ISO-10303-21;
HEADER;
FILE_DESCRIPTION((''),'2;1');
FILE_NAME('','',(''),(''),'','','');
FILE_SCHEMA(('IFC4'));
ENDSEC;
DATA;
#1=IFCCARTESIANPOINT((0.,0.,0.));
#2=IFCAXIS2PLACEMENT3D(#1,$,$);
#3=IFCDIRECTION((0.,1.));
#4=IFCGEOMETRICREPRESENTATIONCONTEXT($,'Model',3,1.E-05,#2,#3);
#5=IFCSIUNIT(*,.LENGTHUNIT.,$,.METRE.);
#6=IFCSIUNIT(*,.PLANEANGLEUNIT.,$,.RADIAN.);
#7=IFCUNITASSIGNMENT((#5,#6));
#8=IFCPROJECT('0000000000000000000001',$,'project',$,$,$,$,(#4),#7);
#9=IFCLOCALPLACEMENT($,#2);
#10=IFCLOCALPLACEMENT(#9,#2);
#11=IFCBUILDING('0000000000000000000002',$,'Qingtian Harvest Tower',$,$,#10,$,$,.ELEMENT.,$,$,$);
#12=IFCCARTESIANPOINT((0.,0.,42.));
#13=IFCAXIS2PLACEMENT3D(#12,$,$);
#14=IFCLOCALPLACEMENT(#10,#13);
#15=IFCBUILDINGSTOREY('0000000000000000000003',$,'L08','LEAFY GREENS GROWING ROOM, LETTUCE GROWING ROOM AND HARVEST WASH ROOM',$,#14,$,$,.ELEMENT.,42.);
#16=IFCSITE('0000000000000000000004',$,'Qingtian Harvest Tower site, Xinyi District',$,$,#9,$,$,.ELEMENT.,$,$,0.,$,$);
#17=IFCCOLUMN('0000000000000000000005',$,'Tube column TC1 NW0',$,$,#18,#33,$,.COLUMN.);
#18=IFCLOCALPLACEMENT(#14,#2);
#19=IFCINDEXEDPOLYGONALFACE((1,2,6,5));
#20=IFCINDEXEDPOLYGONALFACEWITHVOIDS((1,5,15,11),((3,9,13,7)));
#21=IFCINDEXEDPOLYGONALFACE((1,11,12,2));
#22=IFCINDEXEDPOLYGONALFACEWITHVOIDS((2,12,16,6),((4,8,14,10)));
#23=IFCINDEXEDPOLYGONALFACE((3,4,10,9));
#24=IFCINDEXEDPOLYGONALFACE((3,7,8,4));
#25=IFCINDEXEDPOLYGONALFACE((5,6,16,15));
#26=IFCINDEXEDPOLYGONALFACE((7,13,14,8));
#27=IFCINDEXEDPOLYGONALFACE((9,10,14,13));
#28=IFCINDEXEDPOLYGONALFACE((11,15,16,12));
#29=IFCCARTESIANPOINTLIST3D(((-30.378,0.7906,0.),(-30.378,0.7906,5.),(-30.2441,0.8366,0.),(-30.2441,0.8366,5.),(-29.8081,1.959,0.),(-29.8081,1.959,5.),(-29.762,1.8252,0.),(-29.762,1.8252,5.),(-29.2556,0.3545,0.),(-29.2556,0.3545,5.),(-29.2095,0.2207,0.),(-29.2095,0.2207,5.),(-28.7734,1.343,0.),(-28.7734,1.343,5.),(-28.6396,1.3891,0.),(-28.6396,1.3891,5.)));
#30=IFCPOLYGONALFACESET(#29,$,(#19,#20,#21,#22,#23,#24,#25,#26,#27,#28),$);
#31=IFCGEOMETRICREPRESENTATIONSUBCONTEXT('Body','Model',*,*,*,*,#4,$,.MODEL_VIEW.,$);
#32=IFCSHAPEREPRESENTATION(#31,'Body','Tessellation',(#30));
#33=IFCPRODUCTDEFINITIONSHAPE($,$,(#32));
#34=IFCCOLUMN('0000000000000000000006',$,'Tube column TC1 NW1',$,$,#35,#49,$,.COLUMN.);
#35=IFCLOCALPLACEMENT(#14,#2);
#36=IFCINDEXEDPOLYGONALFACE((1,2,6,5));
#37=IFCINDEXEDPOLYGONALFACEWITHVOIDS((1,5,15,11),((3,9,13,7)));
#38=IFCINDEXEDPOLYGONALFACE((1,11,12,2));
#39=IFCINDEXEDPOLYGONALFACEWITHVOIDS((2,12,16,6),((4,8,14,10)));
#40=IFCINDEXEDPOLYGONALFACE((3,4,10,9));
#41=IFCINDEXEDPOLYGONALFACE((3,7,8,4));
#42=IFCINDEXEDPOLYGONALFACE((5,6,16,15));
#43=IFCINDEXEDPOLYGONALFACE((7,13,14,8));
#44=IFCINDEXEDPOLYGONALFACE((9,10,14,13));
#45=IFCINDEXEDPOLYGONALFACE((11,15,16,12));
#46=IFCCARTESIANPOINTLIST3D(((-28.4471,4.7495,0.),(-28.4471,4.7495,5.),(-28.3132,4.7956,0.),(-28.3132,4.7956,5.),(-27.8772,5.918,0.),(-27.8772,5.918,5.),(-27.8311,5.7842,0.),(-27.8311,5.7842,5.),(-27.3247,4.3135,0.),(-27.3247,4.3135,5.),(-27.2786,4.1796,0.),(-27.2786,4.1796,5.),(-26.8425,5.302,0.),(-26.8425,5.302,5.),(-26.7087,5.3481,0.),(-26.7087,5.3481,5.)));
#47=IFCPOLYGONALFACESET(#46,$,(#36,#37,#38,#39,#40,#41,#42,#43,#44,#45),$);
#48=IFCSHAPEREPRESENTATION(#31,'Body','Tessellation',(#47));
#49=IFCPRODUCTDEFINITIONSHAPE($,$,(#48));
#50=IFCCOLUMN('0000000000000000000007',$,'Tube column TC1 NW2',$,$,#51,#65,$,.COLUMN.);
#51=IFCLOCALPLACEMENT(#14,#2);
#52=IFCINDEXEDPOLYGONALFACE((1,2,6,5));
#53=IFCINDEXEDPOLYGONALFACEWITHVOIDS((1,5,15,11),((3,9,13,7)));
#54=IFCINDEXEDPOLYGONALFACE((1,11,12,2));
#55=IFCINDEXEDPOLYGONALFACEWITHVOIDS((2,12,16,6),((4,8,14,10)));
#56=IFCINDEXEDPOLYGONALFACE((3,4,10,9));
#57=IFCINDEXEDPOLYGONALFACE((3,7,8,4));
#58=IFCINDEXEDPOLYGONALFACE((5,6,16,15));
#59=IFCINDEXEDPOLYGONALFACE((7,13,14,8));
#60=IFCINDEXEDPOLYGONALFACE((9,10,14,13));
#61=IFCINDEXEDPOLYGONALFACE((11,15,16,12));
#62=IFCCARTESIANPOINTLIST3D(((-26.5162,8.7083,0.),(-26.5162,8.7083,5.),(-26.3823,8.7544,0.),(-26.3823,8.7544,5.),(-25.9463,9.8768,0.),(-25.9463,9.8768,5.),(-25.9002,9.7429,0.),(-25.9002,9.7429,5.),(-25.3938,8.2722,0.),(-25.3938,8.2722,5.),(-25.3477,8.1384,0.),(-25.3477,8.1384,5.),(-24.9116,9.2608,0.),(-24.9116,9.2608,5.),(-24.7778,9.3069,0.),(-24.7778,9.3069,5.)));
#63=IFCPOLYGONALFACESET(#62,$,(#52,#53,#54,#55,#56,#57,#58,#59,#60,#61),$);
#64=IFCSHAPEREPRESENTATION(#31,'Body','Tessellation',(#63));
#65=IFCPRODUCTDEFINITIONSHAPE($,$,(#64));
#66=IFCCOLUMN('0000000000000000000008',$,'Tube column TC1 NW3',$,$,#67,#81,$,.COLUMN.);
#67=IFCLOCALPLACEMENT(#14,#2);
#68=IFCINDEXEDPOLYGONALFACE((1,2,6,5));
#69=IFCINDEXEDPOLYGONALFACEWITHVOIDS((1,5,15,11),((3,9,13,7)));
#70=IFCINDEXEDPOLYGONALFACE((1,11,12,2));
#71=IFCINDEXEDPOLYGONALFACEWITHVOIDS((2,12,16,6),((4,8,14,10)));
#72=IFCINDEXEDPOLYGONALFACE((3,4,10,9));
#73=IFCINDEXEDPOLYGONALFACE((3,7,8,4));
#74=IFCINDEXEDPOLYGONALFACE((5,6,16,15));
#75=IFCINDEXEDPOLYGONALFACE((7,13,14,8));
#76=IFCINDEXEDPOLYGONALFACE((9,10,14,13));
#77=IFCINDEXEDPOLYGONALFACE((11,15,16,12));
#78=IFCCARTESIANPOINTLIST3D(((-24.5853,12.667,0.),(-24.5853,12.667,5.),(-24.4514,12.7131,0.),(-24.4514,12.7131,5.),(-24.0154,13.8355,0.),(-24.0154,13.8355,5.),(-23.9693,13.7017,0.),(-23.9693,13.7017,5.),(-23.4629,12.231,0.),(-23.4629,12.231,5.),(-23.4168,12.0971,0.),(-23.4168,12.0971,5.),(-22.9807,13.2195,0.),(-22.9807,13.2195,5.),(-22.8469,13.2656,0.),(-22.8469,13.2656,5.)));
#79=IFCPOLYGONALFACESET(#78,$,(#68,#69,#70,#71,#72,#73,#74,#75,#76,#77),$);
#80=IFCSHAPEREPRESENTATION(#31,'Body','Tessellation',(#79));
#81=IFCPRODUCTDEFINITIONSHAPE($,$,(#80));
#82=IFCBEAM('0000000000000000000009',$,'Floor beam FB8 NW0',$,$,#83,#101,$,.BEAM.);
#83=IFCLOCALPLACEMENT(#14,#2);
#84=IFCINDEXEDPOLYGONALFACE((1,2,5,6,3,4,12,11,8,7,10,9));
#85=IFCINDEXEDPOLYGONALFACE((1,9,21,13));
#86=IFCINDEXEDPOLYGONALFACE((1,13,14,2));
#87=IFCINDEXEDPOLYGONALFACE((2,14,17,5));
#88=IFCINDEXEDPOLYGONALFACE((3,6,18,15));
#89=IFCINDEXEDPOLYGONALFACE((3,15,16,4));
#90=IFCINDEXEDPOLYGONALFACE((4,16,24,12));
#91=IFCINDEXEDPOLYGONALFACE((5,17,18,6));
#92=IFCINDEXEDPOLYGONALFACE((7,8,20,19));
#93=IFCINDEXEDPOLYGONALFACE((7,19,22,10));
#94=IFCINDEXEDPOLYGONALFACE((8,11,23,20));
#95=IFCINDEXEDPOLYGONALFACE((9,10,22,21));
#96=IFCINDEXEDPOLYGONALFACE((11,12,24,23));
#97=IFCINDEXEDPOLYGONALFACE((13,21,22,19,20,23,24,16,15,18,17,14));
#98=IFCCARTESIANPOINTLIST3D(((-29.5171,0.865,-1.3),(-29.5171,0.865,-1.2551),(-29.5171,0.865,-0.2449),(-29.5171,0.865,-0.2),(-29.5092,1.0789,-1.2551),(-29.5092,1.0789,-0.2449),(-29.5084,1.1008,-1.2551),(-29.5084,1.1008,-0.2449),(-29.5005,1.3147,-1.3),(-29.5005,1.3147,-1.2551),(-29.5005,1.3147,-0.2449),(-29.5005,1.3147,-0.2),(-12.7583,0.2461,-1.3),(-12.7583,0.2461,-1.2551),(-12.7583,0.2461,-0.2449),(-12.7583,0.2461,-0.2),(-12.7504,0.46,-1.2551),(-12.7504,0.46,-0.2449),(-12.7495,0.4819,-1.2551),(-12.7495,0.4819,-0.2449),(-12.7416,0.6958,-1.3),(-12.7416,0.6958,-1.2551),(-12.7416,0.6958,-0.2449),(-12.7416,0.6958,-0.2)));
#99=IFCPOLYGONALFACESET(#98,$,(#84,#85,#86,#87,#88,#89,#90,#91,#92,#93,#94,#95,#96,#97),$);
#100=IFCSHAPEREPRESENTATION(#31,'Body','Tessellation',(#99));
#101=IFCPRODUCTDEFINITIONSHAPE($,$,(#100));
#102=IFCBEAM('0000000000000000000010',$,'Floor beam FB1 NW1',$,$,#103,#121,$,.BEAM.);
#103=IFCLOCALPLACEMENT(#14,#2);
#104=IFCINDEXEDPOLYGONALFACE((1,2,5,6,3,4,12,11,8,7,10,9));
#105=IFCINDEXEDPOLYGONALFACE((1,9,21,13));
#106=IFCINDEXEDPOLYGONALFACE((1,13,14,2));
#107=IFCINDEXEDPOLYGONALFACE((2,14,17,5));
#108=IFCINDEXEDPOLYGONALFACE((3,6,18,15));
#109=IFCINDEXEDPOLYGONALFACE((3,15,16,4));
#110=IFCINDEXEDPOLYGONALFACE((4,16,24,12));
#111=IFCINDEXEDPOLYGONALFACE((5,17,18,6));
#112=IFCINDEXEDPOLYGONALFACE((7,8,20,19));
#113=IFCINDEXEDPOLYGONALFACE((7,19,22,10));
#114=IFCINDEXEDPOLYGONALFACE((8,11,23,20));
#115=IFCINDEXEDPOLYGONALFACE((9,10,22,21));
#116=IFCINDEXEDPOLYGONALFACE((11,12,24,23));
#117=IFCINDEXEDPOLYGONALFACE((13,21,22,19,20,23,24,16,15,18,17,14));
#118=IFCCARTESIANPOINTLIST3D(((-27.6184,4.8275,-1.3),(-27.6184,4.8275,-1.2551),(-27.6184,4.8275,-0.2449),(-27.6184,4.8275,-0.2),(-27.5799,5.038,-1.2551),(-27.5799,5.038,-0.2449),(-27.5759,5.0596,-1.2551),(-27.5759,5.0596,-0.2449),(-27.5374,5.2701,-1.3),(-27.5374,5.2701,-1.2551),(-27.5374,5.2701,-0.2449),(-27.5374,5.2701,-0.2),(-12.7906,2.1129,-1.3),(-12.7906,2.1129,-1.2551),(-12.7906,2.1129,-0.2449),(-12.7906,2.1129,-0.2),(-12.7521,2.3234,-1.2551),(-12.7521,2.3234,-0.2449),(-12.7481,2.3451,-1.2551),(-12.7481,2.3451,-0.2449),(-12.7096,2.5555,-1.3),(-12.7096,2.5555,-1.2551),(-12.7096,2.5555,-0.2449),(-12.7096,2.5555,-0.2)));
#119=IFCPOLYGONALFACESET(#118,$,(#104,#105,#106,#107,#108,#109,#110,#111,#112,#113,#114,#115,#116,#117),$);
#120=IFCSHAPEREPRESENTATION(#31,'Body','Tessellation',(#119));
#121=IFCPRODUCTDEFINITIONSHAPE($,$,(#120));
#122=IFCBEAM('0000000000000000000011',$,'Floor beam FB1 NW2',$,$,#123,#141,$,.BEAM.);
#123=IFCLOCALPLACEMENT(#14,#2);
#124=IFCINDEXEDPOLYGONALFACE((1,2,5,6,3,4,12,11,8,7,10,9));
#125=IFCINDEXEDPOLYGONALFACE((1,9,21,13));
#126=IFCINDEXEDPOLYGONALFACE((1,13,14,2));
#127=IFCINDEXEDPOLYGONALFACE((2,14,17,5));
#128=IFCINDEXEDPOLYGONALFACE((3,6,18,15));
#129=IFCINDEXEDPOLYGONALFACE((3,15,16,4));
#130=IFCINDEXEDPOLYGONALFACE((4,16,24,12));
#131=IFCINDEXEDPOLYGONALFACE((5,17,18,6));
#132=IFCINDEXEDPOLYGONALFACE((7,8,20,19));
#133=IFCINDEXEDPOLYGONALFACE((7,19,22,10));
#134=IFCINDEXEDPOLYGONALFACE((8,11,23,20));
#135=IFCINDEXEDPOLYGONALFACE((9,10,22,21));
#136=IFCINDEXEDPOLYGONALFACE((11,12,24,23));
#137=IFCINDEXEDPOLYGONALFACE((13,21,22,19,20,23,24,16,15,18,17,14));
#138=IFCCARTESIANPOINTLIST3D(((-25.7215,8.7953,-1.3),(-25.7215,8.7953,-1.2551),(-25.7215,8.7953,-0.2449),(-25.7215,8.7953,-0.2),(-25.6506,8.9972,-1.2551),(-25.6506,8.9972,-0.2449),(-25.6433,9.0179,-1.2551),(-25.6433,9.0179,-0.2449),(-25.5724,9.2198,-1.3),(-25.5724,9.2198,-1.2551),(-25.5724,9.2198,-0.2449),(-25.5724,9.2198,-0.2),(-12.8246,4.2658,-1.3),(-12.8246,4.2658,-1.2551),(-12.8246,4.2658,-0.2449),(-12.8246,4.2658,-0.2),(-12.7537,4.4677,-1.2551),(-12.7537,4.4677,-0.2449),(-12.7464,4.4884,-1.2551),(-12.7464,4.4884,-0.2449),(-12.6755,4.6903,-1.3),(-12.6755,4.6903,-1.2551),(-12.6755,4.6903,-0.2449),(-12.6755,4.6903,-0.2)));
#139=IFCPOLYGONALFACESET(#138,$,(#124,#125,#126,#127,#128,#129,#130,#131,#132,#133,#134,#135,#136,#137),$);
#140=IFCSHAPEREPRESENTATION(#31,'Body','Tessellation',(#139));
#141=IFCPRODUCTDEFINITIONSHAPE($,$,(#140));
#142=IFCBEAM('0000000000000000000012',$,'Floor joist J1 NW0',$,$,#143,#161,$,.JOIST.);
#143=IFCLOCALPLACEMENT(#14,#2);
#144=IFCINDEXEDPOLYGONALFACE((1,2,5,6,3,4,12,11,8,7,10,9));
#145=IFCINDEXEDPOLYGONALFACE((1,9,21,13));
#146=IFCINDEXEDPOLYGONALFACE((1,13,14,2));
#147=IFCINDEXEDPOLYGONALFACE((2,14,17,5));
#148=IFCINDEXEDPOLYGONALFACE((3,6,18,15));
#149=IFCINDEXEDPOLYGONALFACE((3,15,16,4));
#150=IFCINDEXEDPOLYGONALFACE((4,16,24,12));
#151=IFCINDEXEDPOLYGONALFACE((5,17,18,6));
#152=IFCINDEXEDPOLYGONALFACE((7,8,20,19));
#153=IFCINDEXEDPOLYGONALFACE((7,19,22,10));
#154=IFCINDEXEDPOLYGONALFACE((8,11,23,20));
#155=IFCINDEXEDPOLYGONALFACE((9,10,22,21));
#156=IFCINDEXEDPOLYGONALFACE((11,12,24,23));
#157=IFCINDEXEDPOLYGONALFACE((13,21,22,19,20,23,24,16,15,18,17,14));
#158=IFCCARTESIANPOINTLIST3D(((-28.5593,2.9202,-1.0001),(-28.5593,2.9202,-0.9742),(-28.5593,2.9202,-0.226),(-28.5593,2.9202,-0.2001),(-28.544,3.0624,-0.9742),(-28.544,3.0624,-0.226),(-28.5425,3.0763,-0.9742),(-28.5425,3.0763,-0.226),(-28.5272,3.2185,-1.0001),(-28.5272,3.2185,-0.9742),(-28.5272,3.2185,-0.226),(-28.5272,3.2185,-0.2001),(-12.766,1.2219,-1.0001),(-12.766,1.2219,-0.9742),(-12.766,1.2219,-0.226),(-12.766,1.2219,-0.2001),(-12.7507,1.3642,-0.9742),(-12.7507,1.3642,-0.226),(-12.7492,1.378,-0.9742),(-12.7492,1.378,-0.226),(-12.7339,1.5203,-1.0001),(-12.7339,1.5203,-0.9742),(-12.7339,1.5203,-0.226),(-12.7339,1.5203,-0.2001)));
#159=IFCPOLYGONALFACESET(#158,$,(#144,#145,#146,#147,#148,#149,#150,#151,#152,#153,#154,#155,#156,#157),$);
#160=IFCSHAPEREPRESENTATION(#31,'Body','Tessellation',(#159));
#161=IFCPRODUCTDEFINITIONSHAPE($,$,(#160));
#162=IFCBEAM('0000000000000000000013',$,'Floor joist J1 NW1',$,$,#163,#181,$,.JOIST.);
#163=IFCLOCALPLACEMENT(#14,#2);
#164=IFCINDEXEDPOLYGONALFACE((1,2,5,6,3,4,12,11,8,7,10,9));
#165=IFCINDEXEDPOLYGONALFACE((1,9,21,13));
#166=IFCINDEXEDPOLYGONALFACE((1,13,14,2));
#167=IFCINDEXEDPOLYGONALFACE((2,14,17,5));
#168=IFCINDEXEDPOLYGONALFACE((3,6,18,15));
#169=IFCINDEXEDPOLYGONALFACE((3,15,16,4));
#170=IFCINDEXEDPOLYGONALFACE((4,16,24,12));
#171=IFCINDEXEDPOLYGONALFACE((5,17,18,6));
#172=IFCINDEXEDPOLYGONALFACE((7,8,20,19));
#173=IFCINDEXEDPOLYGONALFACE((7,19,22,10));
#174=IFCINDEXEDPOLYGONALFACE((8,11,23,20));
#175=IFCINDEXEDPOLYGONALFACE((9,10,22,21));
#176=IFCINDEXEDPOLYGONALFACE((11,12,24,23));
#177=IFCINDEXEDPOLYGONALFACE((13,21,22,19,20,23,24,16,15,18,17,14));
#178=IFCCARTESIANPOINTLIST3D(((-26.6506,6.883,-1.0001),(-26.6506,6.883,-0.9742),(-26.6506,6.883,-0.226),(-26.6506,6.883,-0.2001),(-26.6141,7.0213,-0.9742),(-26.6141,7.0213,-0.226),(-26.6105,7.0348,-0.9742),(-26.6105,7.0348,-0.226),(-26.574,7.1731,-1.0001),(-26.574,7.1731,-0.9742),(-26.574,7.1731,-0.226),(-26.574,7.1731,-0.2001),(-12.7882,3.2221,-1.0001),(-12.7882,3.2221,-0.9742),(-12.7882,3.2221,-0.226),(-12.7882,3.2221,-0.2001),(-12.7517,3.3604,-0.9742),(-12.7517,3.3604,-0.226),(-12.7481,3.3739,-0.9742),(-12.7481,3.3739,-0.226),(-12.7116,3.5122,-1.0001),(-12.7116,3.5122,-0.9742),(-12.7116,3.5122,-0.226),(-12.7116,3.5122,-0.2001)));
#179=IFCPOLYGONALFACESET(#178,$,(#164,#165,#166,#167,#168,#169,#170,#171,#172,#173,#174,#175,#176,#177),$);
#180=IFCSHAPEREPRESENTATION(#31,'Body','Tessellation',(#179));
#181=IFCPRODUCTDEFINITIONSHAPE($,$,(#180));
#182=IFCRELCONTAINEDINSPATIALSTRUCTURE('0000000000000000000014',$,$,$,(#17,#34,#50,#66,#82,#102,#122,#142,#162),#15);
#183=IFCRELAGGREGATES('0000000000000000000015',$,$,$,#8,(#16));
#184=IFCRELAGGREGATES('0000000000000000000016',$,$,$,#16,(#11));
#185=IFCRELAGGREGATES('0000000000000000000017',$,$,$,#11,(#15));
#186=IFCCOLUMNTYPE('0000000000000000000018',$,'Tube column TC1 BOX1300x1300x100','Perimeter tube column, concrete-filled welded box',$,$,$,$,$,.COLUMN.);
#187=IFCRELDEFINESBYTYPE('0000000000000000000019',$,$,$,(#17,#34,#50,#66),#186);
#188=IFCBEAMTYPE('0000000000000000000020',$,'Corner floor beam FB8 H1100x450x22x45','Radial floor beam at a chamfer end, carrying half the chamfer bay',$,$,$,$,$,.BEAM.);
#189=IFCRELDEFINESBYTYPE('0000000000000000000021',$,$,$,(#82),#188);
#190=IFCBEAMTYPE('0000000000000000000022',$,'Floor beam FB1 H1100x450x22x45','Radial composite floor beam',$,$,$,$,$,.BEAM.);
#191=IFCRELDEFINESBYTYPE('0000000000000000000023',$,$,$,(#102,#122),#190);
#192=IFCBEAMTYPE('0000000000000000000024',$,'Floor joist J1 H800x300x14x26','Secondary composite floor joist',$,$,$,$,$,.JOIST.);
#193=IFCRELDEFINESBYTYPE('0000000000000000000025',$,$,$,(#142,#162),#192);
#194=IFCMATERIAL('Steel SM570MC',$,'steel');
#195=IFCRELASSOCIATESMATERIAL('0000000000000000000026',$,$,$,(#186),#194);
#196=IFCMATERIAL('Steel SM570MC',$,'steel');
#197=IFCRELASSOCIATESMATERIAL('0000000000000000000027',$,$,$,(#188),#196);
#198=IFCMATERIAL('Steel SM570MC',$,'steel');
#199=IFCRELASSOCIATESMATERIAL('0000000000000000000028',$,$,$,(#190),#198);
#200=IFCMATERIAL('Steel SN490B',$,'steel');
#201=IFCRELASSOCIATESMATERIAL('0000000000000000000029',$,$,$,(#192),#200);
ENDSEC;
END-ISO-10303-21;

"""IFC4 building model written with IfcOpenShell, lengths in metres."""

from ifc_helpers import new_model, si_unit, direction, frame, origin, origin_2d, place, context, subcontext, project, spatial, hollow_rectangle, i_section, extrude, material, material_profile, profile_set, type_object, element, save


model = new_model("IFC4")

# Units and contexts
model_context = context("Model", 3, precision=1e-05, world=origin(), true_north=direction((0.0, 1.0)))
body_context = subcontext(model_context, "Body", "Model", "MODEL_VIEW")
ifc_project = project(units=[si_unit("LENGTHUNIT", "METRE"), si_unit("PLANEANGLEUNIT", "RADIAN")], contexts=[model_context])

# Site, building, storey
site_placement = place(None, origin())
site = spatial("IfcSite", under=ifc_project, at=site_placement, Name="Qingtian Harvest Tower site, Xinyi District", CompositionType="ELEMENT", RefElevation=0.0)
building_placement = place(site_placement, origin())
building = spatial("IfcBuilding", under=site, at=building_placement, Name="Qingtian Harvest Tower", CompositionType="ELEMENT")
storey_placement = place(building_placement, frame((0.0, 0.0, 42.0)))
storey = spatial("IfcBuildingStorey", under=building, at=storey_placement, Name="L08", Description="LEAFY GREENS GROWING ROOM, LETTUCE GROWING ROOM AND HARVEST WASH ROOM", CompositionType="ELEMENT", Elevation=42.0)

# Columns
ifc_material_1 = material(Name="Steel SM570MC", Category="steel")
ifc_material_profile_1 = material_profile(ifc_material_1, hollow_rectangle(XDim=1.3, YDim=1.3, WallThickness=0.1001, at=origin_2d()), Name="BOX1300x1300x100")
ifc_profile_set_1 = profile_set([ifc_material_profile_1], Name="Steel SM570MC")
column_type = type_object("IfcColumnType", Name="Tube column TC1 BOX1300x1300x100", Description="Perimeter tube column, concrete-filled welded box", PredefinedType="COLUMN", material=ifc_profile_set_1)
for number, where, z_axis, x_axis, name in (
    (1, (-29.5088, 1.0898, 0.0), (0.0, 0.0, 1.0), (-0.438371, -0.898794, 0.0), "Tube column TC1 NW0"),
    (2, (-27.5779, 5.0488, 0.0), (0.0, 0.0, 1.0), (-0.438371, -0.898794, 0.0), "Tube column TC1 NW1"),
    (3, (-25.647, 9.0076, 0.0), (0.0, 0.0, 1.0), (-0.438371, -0.898794, 0.0), "Tube column TC1 NW2"),
    (4, (-23.7161, 12.9663, 0.0), (0.0, 0.0, 1.0), (-0.438371, -0.898794, 0.0), "Tube column TC1 NW3"),
):
    element("IfcColumn", number, at=place(storey_placement, frame(where, z_axis=z_axis, x_axis=x_axis)), inside=storey, type_object=column_type, Name=name, PredefinedType="COLUMN", context=body_context, shape_type="SweptSolid", body=[
        extrude(hollow_rectangle(XDim=1.3, YDim=1.3, WallThickness=0.1001, at=origin_2d()), origin(), (0.0, 0.0, 1.0), 5.0),
    ])

# Beams
ifc_material_2 = material(Name="Steel SM570MC", Category="steel")
ifc_material_profile_2 = material_profile(ifc_material_2, i_section(OverallWidth=0.45, OverallDepth=1.1001, WebThickness=0.022, FlangeThickness=0.0449, at=origin_2d()), Name="H1100x450x22x45")
ifc_profile_set_2 = profile_set([ifc_material_profile_2], Name="Steel SM570MC")
beam_type_1 = type_object("IfcBeamType", Name="Corner floor beam FB8 H1100x450x22x45", Description="Radial floor beam at a chamfer end, carrying half the chamfer bay", PredefinedType="BEAM", material=ifc_profile_set_2)
beam_1_placement = place(storey_placement, frame((-29.5088, 1.0898, -0.75), z_axis=(0.999319, -0.036905, 0.0), x_axis=(0.036905, 0.999319, 0.0)))
element("IfcBeam", 5, at=beam_1_placement, inside=storey, type_object=beam_type_1, Name="Floor beam FB8 NW0", PredefinedType="BEAM", context=body_context, shape_type="SweptSolid", body=[
    extrude(i_section(OverallWidth=0.45, OverallDepth=1.1001, WebThickness=0.022, FlangeThickness=0.0449, at=origin_2d()), origin(), (0.0, 0.0, 1.0), 16.7703),
])
ifc_material_3 = material(Name="Steel SM570MC", Category="steel")
ifc_material_profile_3 = material_profile(ifc_material_3, i_section(OverallWidth=0.45, OverallDepth=1.1001, WebThickness=0.022, FlangeThickness=0.0449, at=origin_2d()), Name="H1100x450x22x45")
ifc_profile_set_3 = profile_set([ifc_material_profile_3], Name="Steel SM570MC")
beam_type_2 = type_object("IfcBeamType", Name="Floor beam FB1 H1100x450x22x45", Description="Radial composite floor beam", PredefinedType="BEAM", material=ifc_profile_set_3)
beam_2_placement = place(storey_placement, frame((-27.5779, 5.0488, -0.75), z_axis=(0.983652, -0.180081, 0.0), x_axis=(0.180081, 0.983652, 0.0)))
element("IfcBeam", 6, at=beam_2_placement, inside=storey, type_object=beam_type_2, Name="Floor beam FB1 NW1", PredefinedType="BEAM", context=body_context, shape_type="SweptSolid", body=[
    extrude(i_section(OverallWidth=0.45, OverallDepth=1.1001, WebThickness=0.022, FlangeThickness=0.0449, at=origin_2d()), origin(), (0.0, 0.0, 1.0), 15.0742),
])
beam_3_placement = place(storey_placement, frame((-25.647, 9.0076, -0.75), z_axis=(0.943502, -0.331367, 0.0), x_axis=(0.331367, 0.943502, 0.0)))
element("IfcBeam", 7, at=beam_3_placement, inside=storey, type_object=beam_type_2, Name="Floor beam FB1 NW2", PredefinedType="BEAM", context=body_context, shape_type="SweptSolid", body=[
    extrude(i_section(OverallWidth=0.45, OverallDepth=1.1001, WebThickness=0.022, FlangeThickness=0.0449, at=origin_2d()), origin(), (0.0, 0.0, 1.0), 13.6692),
])
ifc_material_4 = material(Name="Steel SN490B", Category="steel")
ifc_material_profile_4 = material_profile(ifc_material_4, i_section(OverallWidth=0.3, OverallDepth=0.8, WebThickness=0.0139, FlangeThickness=0.0259, at=origin_2d()), Name="H800x300x14x26")
ifc_profile_set_4 = profile_set([ifc_material_profile_4], Name="Steel SN490B")
beam_type_3 = type_object("IfcBeamType", Name="Floor joist J1 H800x300x14x26", Description="Secondary composite floor joist", PredefinedType="JOIST", material=ifc_profile_set_4)
beam_4_placement = place(storey_placement, frame((-28.5432, 3.0693, -0.6001), z_axis=(0.994268, -0.106914, 0.0), x_axis=(0.106914, 0.994268, 0.0)))
element("IfcBeam", 8, at=beam_4_placement, inside=storey, type_object=beam_type_3, Name="Floor joist J1 NW0", PredefinedType="JOIST", context=body_context, shape_type="SweptSolid", body=[
    extrude(i_section(OverallWidth=0.3, OverallDepth=0.8, WebThickness=0.0139, FlangeThickness=0.0259, at=origin_2d()), origin(), (0.0, 0.0, 1.0), 15.8843),
])
beam_5_placement = place(storey_placement, frame((-26.6123, 7.0281, -0.6001), z_axis=(0.966852, -0.255336, 0.0), x_axis=(0.255336, 0.966852, 0.0)))
element("IfcBeam", 9, at=beam_5_placement, inside=storey, type_object=beam_type_3, Name="Floor joist J1 NW1", PredefinedType="JOIST", context=body_context, shape_type="SweptSolid", body=[
    extrude(i_section(OverallWidth=0.3, OverallDepth=0.8, WebThickness=0.0139, FlangeThickness=0.0259, at=origin_2d()), origin(), (0.0, 0.0, 1.0), 14.3376),
])

save(model, "model.ifc")
